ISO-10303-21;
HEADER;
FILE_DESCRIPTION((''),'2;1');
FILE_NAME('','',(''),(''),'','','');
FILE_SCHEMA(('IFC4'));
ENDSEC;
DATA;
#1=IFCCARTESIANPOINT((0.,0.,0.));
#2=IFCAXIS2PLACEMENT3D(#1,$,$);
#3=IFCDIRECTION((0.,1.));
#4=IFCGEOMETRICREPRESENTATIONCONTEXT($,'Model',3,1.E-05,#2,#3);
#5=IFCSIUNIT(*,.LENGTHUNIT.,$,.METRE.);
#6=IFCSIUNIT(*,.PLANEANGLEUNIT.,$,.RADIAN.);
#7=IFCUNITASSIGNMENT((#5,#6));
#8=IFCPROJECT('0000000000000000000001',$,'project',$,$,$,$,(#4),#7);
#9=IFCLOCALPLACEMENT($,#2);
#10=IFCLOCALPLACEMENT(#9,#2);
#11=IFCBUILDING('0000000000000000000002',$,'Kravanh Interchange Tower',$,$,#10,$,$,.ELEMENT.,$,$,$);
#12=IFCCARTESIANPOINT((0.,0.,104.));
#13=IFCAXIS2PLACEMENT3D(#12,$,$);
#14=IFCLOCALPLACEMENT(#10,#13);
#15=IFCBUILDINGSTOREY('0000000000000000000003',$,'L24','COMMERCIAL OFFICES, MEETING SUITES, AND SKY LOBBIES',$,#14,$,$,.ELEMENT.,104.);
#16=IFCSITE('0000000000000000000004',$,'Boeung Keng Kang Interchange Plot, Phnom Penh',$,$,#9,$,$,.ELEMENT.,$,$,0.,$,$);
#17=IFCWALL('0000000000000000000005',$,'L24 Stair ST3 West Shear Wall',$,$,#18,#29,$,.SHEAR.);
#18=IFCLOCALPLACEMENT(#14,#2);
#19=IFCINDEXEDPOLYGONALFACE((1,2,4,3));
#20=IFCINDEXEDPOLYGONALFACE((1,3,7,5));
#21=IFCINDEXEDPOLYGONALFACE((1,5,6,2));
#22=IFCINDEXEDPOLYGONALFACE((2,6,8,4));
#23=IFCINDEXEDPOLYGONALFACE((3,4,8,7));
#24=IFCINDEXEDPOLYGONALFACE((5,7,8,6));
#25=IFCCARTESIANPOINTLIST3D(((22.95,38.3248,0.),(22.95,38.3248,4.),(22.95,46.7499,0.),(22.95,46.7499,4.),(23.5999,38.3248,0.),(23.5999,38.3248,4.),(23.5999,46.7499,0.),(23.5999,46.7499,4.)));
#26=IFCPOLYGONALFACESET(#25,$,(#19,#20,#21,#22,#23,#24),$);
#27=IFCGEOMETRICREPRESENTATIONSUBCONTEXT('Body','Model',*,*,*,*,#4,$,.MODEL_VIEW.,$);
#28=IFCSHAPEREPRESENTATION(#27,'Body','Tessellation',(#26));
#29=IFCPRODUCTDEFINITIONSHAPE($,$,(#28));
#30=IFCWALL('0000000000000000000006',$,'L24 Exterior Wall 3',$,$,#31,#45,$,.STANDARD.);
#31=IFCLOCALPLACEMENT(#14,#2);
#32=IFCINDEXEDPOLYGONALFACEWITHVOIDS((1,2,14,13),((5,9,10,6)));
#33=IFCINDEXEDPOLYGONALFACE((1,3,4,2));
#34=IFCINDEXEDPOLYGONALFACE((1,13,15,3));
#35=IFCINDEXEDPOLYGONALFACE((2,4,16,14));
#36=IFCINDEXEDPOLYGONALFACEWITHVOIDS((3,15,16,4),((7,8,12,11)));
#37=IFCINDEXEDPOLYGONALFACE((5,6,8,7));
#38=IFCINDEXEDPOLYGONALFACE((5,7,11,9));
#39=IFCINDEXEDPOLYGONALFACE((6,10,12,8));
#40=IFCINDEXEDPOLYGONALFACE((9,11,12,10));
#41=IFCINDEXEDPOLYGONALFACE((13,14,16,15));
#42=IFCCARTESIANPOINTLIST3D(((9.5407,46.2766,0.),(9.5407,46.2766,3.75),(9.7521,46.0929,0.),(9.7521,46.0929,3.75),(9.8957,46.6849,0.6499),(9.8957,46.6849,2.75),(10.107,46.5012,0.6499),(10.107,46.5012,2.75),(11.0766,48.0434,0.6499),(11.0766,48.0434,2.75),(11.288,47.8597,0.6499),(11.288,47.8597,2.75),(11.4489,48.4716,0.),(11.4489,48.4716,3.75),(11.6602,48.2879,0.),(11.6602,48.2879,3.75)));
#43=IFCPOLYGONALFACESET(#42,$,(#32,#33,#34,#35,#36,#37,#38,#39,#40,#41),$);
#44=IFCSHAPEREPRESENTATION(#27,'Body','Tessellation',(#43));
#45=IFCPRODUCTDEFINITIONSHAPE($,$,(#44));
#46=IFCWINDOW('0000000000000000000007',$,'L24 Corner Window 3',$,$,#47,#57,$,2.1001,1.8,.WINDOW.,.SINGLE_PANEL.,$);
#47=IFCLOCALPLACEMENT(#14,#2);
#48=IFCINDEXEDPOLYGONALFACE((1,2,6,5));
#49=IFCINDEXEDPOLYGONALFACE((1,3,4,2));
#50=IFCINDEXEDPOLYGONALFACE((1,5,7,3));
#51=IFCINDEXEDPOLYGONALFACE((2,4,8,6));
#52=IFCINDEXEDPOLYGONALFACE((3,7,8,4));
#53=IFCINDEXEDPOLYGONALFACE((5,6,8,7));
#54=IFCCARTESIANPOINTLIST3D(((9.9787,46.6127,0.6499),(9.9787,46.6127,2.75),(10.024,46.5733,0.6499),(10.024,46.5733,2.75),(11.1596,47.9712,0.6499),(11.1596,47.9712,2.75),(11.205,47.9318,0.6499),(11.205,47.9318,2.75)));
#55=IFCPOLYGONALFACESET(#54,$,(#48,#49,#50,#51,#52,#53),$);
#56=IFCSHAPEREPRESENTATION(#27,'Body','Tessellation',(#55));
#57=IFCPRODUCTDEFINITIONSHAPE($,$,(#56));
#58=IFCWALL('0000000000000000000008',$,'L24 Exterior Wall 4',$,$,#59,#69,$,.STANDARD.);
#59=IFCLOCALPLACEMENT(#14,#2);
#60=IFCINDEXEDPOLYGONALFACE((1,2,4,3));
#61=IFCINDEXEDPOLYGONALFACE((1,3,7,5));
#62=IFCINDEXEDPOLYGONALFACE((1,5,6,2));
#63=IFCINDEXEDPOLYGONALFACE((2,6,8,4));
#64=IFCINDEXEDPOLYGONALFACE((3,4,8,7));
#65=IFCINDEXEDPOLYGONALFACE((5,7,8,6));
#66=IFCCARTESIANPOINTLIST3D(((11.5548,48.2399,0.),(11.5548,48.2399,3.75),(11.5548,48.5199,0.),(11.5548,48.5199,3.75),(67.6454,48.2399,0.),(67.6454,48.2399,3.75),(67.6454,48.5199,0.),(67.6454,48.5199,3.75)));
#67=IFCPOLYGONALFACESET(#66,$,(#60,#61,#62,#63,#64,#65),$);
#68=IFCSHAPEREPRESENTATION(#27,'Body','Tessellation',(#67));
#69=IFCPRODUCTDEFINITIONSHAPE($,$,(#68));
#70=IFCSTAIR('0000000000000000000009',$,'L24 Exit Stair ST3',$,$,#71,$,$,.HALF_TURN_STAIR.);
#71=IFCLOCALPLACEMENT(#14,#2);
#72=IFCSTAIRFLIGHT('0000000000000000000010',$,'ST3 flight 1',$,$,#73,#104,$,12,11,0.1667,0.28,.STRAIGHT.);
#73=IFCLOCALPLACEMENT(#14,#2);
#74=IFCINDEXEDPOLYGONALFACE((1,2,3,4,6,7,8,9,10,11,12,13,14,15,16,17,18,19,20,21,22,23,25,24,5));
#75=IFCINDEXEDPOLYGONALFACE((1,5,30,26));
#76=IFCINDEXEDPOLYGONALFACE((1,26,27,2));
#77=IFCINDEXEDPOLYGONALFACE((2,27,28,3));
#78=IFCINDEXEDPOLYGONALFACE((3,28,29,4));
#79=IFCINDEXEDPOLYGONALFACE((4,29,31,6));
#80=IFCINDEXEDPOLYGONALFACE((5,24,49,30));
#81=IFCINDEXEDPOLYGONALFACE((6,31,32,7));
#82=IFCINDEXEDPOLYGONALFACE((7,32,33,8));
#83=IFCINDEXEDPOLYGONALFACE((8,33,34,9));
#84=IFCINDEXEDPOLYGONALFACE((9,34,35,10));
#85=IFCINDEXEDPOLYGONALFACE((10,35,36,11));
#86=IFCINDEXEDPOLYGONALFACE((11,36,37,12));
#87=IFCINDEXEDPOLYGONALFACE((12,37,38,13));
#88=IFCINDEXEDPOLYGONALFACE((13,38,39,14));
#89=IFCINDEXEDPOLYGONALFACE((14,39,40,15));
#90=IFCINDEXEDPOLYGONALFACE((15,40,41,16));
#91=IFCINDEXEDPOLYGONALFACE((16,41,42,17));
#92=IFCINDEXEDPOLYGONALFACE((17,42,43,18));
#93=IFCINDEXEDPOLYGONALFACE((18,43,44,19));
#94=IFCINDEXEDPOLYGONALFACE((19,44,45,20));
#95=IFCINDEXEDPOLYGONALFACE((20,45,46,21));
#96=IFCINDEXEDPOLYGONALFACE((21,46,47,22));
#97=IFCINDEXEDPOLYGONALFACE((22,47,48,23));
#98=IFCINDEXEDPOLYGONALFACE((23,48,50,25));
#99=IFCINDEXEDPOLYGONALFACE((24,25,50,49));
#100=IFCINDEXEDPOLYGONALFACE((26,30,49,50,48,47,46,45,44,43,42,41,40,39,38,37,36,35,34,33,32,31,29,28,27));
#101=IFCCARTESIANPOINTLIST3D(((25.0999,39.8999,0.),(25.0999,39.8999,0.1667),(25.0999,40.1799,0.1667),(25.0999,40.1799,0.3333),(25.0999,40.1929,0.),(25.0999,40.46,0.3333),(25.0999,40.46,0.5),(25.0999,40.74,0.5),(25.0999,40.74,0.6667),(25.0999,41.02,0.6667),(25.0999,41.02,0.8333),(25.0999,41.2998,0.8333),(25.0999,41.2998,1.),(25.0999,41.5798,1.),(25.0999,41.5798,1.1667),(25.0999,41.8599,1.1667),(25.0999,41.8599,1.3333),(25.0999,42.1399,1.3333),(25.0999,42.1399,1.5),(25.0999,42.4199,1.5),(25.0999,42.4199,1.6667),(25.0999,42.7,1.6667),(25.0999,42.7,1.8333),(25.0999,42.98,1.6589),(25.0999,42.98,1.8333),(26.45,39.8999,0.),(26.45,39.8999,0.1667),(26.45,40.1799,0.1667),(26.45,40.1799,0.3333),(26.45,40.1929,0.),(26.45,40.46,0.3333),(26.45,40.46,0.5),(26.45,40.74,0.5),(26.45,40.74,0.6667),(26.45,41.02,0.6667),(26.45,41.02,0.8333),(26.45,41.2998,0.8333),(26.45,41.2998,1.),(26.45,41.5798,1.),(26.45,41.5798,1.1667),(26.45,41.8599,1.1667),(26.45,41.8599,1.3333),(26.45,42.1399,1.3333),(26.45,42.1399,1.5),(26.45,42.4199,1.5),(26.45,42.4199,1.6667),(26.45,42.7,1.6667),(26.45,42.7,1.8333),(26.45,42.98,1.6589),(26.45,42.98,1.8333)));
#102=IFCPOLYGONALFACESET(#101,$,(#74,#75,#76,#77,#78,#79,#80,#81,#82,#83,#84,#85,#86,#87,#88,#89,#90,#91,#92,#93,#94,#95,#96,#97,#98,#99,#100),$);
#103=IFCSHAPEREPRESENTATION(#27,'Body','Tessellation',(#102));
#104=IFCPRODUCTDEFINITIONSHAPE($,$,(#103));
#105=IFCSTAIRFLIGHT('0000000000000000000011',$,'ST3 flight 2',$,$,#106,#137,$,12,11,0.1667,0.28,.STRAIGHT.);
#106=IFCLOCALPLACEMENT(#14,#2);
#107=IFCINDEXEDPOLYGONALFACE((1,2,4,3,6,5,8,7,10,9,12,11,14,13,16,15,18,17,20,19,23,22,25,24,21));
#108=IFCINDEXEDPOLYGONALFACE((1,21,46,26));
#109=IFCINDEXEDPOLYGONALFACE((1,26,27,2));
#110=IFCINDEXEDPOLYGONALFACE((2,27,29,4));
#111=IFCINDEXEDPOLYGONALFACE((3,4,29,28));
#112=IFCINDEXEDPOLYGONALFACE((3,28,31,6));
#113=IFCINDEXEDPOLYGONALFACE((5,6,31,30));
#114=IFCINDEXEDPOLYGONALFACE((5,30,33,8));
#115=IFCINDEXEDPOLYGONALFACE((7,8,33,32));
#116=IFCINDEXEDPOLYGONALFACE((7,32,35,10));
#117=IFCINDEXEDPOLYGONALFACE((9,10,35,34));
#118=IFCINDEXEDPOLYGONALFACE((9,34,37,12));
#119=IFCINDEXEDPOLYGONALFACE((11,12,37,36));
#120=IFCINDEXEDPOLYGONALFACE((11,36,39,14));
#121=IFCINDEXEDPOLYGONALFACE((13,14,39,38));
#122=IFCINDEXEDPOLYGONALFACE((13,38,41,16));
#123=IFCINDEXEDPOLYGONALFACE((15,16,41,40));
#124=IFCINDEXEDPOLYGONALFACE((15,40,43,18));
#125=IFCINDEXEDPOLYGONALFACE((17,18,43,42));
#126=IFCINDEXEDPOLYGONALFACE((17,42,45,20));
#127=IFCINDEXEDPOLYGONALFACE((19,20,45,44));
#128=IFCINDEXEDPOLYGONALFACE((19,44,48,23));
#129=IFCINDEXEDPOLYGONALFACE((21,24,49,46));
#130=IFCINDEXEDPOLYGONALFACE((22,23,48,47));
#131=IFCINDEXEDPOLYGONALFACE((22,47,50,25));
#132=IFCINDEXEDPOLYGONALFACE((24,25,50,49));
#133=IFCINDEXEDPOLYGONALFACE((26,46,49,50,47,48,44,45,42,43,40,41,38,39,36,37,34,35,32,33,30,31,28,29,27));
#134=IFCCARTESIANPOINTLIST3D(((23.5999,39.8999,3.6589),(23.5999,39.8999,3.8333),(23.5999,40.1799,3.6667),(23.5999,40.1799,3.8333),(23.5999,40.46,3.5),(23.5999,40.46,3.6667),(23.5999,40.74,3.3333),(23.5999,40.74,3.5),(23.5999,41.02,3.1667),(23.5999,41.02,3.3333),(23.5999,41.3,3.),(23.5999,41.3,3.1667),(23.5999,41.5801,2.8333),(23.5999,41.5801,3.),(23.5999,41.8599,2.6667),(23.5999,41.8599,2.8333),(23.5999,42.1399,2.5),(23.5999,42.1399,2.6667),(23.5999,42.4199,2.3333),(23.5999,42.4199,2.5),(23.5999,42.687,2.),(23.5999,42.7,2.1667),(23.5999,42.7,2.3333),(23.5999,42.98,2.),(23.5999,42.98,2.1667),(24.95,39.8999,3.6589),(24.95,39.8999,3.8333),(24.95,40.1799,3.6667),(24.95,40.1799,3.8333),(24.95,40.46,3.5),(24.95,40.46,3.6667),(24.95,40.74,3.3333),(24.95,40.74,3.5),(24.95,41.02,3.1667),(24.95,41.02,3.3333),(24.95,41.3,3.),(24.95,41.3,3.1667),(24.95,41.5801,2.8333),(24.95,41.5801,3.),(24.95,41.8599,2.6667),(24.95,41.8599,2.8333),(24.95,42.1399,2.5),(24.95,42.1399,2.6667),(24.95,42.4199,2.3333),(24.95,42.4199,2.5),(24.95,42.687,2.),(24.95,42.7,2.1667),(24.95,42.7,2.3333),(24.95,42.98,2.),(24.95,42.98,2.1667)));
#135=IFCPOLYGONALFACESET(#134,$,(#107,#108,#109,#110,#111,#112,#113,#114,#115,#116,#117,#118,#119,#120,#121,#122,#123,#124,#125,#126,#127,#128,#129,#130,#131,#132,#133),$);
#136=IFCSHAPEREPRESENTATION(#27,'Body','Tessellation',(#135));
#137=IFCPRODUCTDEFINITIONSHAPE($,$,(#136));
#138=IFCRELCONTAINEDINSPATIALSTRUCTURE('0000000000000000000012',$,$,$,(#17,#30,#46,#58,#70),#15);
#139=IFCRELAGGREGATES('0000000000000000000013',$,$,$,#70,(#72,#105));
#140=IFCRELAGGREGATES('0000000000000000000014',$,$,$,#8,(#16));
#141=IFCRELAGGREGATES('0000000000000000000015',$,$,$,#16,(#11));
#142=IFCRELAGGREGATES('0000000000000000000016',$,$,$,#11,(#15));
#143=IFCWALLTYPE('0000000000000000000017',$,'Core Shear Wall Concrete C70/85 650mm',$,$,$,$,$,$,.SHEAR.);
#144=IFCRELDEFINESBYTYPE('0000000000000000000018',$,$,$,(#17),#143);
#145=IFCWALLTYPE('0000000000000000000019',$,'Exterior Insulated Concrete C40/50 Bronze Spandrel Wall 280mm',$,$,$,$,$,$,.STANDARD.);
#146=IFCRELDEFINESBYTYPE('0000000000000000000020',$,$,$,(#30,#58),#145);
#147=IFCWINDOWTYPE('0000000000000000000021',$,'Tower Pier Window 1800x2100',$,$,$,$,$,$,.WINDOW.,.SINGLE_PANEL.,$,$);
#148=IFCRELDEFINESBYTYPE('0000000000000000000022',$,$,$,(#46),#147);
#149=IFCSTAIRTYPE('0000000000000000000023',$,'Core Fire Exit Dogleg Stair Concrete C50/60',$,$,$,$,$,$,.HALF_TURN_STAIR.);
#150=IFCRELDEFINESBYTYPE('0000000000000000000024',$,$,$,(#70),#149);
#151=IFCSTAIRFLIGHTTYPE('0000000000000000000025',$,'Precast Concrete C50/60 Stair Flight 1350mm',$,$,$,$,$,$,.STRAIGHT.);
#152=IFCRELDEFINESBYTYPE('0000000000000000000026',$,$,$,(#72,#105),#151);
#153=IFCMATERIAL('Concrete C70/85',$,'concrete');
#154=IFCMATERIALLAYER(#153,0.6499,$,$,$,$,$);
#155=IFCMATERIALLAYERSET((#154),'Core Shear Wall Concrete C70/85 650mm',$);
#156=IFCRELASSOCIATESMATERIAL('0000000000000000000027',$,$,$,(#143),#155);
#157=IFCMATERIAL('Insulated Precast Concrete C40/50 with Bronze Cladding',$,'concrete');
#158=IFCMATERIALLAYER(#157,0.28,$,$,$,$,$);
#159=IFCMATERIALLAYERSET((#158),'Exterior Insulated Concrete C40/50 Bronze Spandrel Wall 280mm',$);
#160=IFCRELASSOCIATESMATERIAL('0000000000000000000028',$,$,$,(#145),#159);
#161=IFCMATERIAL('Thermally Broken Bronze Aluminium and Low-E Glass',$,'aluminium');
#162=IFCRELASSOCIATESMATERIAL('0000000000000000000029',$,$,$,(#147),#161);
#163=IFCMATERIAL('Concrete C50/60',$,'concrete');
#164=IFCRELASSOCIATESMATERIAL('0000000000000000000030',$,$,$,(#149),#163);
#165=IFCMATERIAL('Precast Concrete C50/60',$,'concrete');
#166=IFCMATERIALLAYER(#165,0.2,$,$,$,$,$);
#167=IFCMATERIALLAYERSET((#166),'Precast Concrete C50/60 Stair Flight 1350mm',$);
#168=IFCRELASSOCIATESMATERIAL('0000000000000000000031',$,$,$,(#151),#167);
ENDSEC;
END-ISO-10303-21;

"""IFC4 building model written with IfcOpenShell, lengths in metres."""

from ifc_helpers import new_model, si_unit, direction, frame, frame_2d, origin, place, context, subcontext, project, spatial, polyline, rectangle, outline, extrude, material, layer, layer_set, type_object, element, fill, aggregate, save


model = new_model("IFC4")

# Units and contexts
model_context = context("Model", 3, precision=1e-05, world=origin(), true_north=direction((0.0, 1.0)))
body_context = subcontext(model_context, "Body", "Model", "MODEL_VIEW")
ifc_project = project(units=[si_unit("LENGTHUNIT", "METRE"), si_unit("PLANEANGLEUNIT", "RADIAN")], contexts=[model_context])

# Site, building, storey
site_placement = place(None, origin())
site = spatial("IfcSite", under=ifc_project, at=site_placement, Name="Boeung Keng Kang Interchange Plot, Phnom Penh", CompositionType="ELEMENT", RefElevation=0.0)
building_placement = place(site_placement, origin())
building = spatial("IfcBuilding", under=site, at=building_placement, Name="Kravanh Interchange Tower", CompositionType="ELEMENT")
storey_placement = place(building_placement, frame((0.0, 0.0, 104.0)))
storey = spatial("IfcBuildingStorey", under=building, at=storey_placement, Name="L24", Description="COMMERCIAL OFFICES, MEETING SUITES, AND SKY LOBBIES", CompositionType="ELEMENT", Elevation=104.0)

# Shared definitions
ifc_material_1 = material(Name="Concrete C70/85", Category="concrete")
ifc_layer_1 = layer(ifc_material_1, 0.6499)
ifc_layer_set_1 = layer_set([ifc_layer_1], Name="Core Shear Wall Concrete C70/85 650mm")
wall_type_1 = type_object("IfcWallType", Name="Core Shear Wall Concrete C70/85 650mm", PredefinedType="SHEAR", material=ifc_layer_set_1)

# Wall
wall_1_placement = place(storey_placement, frame((23.2749, 38.325, 0.0), z_axis=(0.0, 0.0, 1.0), x_axis=(0.0, 1.0, 0.0)))
element("IfcWall", 1, at=wall_1_placement, inside=storey, type_object=wall_type_1, Name="L24 Stair ST3 West Shear Wall", PredefinedType="SHEAR", context=body_context, shape_type="SweptSolid", body=[
    extrude(rectangle(XDim=8.425, YDim=0.6499, at=frame_2d((4.2124, 0.0))), origin(), (0.0, 0.0, 1.0), 4.0),
])

# Wall, opening, window
ifc_material_2 = material(Name="Insulated Precast Concrete C40/50 with Bronze Cladding", Category="concrete")
ifc_layer_2 = layer(ifc_material_2, 0.28)
ifc_layer_set_2 = layer_set([ifc_layer_2], Name="Exterior Insulated Concrete C40/50 Bronze Spandrel Wall 280mm")
wall_type_2 = type_object("IfcWallType", Name="Exterior Insulated Concrete C40/50 Bronze Spandrel Wall 280mm", PredefinedType="STANDARD", material=ifc_layer_set_2)
wall_2_placement = place(storey_placement, frame((9.6465, 46.1848, 0.0), z_axis=(0.0, 0.0, 1.0), x_axis=(0.656071, 0.754699, 0.0)))
wall_2 = element("IfcWall", 2, at=wall_2_placement, inside=storey, type_object=wall_type_2, Name="L24 Exterior Wall 3", PredefinedType="STANDARD", context=body_context, shape_type="SweptSolid", body=[
    extrude(rectangle(XDim=2.9084, YDim=0.28, at=frame_2d((1.4541, 0.0))), origin(), (0.0, 0.0, 1.0), 3.75),
])
opening_1_placement = place(wall_2_placement, frame((0.541, 0.0, 0.6499)))
opening_1 = element("IfcOpeningElement", 3, at=opening_1_placement, cuts=wall_2, PredefinedType="OPENING", context=body_context, shape_type="SweptSolid", body=[
    extrude(rectangle(XDim=1.8, YDim=2.1001, at=frame_2d((0.8999, 1.05))), frame((0.0, 0.1499, 0.0), z_axis=(0.0, -1.0, 0.0), x_axis=(1.0, 0.0, 0.0)), (0.0, 0.0, 1.0), 0.3),
])
ifc_material_3 = material(Name="Thermally Broken Bronze Aluminium and Low-E Glass", Category="aluminium")
window_type = type_object("IfcWindowType", Name="Tower Pier Window 1800x2100", PartitioningType="SINGLE_PANEL", PredefinedType="WINDOW", material=ifc_material_3)
window_placement = place(opening_1_placement, origin())
window = element("IfcWindow", 4, at=window_placement, inside=storey, type_object=window_type, Name="L24 Corner Window 3", OverallHeight=2.1001, OverallWidth=1.8, PartitioningType="SINGLE_PANEL", PredefinedType="WINDOW", context=body_context, shape_type="SweptSolid", body=[
    extrude(rectangle(XDim=1.8, YDim=2.1001, at=frame_2d((0.8999, 1.05))), frame((0.0, 0.03, 0.0), z_axis=(0.0, -1.0, 0.0), x_axis=(1.0, 0.0, 0.0)), (0.0, 0.0, 1.0), 0.0601),
])
fill(opening_1, window)

# Wall
wall_3_placement = place(storey_placement, frame((11.5547, 48.3799, 0.0), z_axis=(0.0, 0.0, 1.0), x_axis=(1.0, 0.0, 0.0)))
element("IfcWall", 5, at=wall_3_placement, inside=storey, type_object=wall_type_2, Name="L24 Exterior Wall 4", PredefinedType="STANDARD", context=body_context, shape_type="SweptSolid", body=[
    extrude(rectangle(XDim=56.0906, YDim=0.28, at=frame_2d((28.0454, 0.0))), origin(), (0.0, 0.0, 1.0), 3.75),
])

# Stair, stair flights
ifc_material_4 = material(Name="Concrete C50/60", Category="concrete")
stair_type = type_object("IfcStairType", Name="Core Fire Exit Dogleg Stair Concrete C50/60", PredefinedType="HALF_TURN_STAIR", material=ifc_material_4)
stair_placement = place(storey_placement, origin())
stair = element("IfcStair", 6, at=stair_placement, inside=storey, type_object=stair_type, Name="L24 Exit Stair ST3", PredefinedType="HALF_TURN_STAIR")
ifc_material_5 = material(Name="Precast Concrete C50/60", Category="concrete")
ifc_layer_3 = layer(ifc_material_5, 0.2)
ifc_layer_set_3 = layer_set([ifc_layer_3], Name="Precast Concrete C50/60 Stair Flight 1350mm")
stair_flight_type = type_object("IfcStairFlightType", Name="Precast Concrete C50/60 Stair Flight 1350mm", PredefinedType="STRAIGHT", material=ifc_layer_set_3)
stair_flight_1_placement = place(storey_placement, frame((25.7749, 39.8999, 0.0), z_axis=(0.0, 0.0, 1.0), x_axis=(0.0, 1.0, 0.0)))
stair_flight_1 = element("IfcStairFlight", 7, at=stair_flight_1_placement, type_object=stair_flight_type, Name="ST3 flight 1", NumberOfRisers=12, NumberOfTreads=11, PredefinedType="STRAIGHT", RiserHeight=0.1667, TreadLength=0.28, context=body_context, shape_type="SweptSolid", body=[
    extrude(outline(polyline([(0.0, 0.0), (0.0, 0.1667), (0.28, 0.1667), (0.28, 0.3333), (0.5601, 0.3333), (0.5601, 0.5), (0.8401, 0.5), (0.8401, 0.6667), (1.1201, 0.6667), (1.1201, 0.8333), (1.3999, 0.8333), (1.3999, 1.0), (1.6799, 1.0), (1.6799, 1.1667), (1.96, 1.1667), (1.96, 1.3333), (2.24, 1.3333), (2.24, 1.5), (2.52, 1.5), (2.52, 1.6667), (2.8, 1.6667), (2.8, 1.8333), (3.0801, 1.8333), (3.0801, 2.0), (3.0801, 1.6589), (0.293, 0.0), (0.0, 0.0)])), frame((0.0, 0.675, 0.0), z_axis=(0.0, -1.0, 0.0), x_axis=(1.0, 0.0, 0.0)), (0.0, 0.0, 1.0), 1.3501),
])
stair_flight_2_placement = place(storey_placement, frame((24.2749, 42.98, 2.0), z_axis=(0.0, 0.0, 1.0), x_axis=(0.0, -1.0, 0.0)))
stair_flight_2 = element("IfcStairFlight", 8, at=stair_flight_2_placement, type_object=stair_flight_type, Name="ST3 flight 2", NumberOfRisers=12, NumberOfTreads=11, PredefinedType="STRAIGHT", RiserHeight=0.1667, TreadLength=0.28, context=body_context, shape_type="SweptSolid", body=[
    extrude(outline(polyline([(0.0, 0.0), (0.0, 0.1667), (0.28, 0.1667), (0.28, 0.3333), (0.5601, 0.3333), (0.5601, 0.5), (0.8401, 0.5), (0.8401, 0.6667), (1.1201, 0.6667), (1.1201, 0.8333), (1.3999, 0.8333), (1.3999, 1.0), (1.6799, 1.0), (1.6799, 1.1667), (1.96, 1.1667), (1.96, 1.3333), (2.24, 1.3333), (2.24, 1.5), (2.52, 1.5), (2.52, 1.6667), (2.8, 1.6667), (2.8, 1.8333), (3.0801, 1.8333), (3.0801, 2.0), (3.0801, 1.6589), (0.293, 0.0), (0.0, 0.0)])), frame((0.0, 0.675, 0.0), z_axis=(0.0, -1.0, 0.0), x_axis=(1.0, 0.0, 0.0)), (0.0, 0.0, 1.0), 1.3501),
])
aggregate(stair, [stair_flight_1, stair_flight_2])

save(model, "model.ifc")
